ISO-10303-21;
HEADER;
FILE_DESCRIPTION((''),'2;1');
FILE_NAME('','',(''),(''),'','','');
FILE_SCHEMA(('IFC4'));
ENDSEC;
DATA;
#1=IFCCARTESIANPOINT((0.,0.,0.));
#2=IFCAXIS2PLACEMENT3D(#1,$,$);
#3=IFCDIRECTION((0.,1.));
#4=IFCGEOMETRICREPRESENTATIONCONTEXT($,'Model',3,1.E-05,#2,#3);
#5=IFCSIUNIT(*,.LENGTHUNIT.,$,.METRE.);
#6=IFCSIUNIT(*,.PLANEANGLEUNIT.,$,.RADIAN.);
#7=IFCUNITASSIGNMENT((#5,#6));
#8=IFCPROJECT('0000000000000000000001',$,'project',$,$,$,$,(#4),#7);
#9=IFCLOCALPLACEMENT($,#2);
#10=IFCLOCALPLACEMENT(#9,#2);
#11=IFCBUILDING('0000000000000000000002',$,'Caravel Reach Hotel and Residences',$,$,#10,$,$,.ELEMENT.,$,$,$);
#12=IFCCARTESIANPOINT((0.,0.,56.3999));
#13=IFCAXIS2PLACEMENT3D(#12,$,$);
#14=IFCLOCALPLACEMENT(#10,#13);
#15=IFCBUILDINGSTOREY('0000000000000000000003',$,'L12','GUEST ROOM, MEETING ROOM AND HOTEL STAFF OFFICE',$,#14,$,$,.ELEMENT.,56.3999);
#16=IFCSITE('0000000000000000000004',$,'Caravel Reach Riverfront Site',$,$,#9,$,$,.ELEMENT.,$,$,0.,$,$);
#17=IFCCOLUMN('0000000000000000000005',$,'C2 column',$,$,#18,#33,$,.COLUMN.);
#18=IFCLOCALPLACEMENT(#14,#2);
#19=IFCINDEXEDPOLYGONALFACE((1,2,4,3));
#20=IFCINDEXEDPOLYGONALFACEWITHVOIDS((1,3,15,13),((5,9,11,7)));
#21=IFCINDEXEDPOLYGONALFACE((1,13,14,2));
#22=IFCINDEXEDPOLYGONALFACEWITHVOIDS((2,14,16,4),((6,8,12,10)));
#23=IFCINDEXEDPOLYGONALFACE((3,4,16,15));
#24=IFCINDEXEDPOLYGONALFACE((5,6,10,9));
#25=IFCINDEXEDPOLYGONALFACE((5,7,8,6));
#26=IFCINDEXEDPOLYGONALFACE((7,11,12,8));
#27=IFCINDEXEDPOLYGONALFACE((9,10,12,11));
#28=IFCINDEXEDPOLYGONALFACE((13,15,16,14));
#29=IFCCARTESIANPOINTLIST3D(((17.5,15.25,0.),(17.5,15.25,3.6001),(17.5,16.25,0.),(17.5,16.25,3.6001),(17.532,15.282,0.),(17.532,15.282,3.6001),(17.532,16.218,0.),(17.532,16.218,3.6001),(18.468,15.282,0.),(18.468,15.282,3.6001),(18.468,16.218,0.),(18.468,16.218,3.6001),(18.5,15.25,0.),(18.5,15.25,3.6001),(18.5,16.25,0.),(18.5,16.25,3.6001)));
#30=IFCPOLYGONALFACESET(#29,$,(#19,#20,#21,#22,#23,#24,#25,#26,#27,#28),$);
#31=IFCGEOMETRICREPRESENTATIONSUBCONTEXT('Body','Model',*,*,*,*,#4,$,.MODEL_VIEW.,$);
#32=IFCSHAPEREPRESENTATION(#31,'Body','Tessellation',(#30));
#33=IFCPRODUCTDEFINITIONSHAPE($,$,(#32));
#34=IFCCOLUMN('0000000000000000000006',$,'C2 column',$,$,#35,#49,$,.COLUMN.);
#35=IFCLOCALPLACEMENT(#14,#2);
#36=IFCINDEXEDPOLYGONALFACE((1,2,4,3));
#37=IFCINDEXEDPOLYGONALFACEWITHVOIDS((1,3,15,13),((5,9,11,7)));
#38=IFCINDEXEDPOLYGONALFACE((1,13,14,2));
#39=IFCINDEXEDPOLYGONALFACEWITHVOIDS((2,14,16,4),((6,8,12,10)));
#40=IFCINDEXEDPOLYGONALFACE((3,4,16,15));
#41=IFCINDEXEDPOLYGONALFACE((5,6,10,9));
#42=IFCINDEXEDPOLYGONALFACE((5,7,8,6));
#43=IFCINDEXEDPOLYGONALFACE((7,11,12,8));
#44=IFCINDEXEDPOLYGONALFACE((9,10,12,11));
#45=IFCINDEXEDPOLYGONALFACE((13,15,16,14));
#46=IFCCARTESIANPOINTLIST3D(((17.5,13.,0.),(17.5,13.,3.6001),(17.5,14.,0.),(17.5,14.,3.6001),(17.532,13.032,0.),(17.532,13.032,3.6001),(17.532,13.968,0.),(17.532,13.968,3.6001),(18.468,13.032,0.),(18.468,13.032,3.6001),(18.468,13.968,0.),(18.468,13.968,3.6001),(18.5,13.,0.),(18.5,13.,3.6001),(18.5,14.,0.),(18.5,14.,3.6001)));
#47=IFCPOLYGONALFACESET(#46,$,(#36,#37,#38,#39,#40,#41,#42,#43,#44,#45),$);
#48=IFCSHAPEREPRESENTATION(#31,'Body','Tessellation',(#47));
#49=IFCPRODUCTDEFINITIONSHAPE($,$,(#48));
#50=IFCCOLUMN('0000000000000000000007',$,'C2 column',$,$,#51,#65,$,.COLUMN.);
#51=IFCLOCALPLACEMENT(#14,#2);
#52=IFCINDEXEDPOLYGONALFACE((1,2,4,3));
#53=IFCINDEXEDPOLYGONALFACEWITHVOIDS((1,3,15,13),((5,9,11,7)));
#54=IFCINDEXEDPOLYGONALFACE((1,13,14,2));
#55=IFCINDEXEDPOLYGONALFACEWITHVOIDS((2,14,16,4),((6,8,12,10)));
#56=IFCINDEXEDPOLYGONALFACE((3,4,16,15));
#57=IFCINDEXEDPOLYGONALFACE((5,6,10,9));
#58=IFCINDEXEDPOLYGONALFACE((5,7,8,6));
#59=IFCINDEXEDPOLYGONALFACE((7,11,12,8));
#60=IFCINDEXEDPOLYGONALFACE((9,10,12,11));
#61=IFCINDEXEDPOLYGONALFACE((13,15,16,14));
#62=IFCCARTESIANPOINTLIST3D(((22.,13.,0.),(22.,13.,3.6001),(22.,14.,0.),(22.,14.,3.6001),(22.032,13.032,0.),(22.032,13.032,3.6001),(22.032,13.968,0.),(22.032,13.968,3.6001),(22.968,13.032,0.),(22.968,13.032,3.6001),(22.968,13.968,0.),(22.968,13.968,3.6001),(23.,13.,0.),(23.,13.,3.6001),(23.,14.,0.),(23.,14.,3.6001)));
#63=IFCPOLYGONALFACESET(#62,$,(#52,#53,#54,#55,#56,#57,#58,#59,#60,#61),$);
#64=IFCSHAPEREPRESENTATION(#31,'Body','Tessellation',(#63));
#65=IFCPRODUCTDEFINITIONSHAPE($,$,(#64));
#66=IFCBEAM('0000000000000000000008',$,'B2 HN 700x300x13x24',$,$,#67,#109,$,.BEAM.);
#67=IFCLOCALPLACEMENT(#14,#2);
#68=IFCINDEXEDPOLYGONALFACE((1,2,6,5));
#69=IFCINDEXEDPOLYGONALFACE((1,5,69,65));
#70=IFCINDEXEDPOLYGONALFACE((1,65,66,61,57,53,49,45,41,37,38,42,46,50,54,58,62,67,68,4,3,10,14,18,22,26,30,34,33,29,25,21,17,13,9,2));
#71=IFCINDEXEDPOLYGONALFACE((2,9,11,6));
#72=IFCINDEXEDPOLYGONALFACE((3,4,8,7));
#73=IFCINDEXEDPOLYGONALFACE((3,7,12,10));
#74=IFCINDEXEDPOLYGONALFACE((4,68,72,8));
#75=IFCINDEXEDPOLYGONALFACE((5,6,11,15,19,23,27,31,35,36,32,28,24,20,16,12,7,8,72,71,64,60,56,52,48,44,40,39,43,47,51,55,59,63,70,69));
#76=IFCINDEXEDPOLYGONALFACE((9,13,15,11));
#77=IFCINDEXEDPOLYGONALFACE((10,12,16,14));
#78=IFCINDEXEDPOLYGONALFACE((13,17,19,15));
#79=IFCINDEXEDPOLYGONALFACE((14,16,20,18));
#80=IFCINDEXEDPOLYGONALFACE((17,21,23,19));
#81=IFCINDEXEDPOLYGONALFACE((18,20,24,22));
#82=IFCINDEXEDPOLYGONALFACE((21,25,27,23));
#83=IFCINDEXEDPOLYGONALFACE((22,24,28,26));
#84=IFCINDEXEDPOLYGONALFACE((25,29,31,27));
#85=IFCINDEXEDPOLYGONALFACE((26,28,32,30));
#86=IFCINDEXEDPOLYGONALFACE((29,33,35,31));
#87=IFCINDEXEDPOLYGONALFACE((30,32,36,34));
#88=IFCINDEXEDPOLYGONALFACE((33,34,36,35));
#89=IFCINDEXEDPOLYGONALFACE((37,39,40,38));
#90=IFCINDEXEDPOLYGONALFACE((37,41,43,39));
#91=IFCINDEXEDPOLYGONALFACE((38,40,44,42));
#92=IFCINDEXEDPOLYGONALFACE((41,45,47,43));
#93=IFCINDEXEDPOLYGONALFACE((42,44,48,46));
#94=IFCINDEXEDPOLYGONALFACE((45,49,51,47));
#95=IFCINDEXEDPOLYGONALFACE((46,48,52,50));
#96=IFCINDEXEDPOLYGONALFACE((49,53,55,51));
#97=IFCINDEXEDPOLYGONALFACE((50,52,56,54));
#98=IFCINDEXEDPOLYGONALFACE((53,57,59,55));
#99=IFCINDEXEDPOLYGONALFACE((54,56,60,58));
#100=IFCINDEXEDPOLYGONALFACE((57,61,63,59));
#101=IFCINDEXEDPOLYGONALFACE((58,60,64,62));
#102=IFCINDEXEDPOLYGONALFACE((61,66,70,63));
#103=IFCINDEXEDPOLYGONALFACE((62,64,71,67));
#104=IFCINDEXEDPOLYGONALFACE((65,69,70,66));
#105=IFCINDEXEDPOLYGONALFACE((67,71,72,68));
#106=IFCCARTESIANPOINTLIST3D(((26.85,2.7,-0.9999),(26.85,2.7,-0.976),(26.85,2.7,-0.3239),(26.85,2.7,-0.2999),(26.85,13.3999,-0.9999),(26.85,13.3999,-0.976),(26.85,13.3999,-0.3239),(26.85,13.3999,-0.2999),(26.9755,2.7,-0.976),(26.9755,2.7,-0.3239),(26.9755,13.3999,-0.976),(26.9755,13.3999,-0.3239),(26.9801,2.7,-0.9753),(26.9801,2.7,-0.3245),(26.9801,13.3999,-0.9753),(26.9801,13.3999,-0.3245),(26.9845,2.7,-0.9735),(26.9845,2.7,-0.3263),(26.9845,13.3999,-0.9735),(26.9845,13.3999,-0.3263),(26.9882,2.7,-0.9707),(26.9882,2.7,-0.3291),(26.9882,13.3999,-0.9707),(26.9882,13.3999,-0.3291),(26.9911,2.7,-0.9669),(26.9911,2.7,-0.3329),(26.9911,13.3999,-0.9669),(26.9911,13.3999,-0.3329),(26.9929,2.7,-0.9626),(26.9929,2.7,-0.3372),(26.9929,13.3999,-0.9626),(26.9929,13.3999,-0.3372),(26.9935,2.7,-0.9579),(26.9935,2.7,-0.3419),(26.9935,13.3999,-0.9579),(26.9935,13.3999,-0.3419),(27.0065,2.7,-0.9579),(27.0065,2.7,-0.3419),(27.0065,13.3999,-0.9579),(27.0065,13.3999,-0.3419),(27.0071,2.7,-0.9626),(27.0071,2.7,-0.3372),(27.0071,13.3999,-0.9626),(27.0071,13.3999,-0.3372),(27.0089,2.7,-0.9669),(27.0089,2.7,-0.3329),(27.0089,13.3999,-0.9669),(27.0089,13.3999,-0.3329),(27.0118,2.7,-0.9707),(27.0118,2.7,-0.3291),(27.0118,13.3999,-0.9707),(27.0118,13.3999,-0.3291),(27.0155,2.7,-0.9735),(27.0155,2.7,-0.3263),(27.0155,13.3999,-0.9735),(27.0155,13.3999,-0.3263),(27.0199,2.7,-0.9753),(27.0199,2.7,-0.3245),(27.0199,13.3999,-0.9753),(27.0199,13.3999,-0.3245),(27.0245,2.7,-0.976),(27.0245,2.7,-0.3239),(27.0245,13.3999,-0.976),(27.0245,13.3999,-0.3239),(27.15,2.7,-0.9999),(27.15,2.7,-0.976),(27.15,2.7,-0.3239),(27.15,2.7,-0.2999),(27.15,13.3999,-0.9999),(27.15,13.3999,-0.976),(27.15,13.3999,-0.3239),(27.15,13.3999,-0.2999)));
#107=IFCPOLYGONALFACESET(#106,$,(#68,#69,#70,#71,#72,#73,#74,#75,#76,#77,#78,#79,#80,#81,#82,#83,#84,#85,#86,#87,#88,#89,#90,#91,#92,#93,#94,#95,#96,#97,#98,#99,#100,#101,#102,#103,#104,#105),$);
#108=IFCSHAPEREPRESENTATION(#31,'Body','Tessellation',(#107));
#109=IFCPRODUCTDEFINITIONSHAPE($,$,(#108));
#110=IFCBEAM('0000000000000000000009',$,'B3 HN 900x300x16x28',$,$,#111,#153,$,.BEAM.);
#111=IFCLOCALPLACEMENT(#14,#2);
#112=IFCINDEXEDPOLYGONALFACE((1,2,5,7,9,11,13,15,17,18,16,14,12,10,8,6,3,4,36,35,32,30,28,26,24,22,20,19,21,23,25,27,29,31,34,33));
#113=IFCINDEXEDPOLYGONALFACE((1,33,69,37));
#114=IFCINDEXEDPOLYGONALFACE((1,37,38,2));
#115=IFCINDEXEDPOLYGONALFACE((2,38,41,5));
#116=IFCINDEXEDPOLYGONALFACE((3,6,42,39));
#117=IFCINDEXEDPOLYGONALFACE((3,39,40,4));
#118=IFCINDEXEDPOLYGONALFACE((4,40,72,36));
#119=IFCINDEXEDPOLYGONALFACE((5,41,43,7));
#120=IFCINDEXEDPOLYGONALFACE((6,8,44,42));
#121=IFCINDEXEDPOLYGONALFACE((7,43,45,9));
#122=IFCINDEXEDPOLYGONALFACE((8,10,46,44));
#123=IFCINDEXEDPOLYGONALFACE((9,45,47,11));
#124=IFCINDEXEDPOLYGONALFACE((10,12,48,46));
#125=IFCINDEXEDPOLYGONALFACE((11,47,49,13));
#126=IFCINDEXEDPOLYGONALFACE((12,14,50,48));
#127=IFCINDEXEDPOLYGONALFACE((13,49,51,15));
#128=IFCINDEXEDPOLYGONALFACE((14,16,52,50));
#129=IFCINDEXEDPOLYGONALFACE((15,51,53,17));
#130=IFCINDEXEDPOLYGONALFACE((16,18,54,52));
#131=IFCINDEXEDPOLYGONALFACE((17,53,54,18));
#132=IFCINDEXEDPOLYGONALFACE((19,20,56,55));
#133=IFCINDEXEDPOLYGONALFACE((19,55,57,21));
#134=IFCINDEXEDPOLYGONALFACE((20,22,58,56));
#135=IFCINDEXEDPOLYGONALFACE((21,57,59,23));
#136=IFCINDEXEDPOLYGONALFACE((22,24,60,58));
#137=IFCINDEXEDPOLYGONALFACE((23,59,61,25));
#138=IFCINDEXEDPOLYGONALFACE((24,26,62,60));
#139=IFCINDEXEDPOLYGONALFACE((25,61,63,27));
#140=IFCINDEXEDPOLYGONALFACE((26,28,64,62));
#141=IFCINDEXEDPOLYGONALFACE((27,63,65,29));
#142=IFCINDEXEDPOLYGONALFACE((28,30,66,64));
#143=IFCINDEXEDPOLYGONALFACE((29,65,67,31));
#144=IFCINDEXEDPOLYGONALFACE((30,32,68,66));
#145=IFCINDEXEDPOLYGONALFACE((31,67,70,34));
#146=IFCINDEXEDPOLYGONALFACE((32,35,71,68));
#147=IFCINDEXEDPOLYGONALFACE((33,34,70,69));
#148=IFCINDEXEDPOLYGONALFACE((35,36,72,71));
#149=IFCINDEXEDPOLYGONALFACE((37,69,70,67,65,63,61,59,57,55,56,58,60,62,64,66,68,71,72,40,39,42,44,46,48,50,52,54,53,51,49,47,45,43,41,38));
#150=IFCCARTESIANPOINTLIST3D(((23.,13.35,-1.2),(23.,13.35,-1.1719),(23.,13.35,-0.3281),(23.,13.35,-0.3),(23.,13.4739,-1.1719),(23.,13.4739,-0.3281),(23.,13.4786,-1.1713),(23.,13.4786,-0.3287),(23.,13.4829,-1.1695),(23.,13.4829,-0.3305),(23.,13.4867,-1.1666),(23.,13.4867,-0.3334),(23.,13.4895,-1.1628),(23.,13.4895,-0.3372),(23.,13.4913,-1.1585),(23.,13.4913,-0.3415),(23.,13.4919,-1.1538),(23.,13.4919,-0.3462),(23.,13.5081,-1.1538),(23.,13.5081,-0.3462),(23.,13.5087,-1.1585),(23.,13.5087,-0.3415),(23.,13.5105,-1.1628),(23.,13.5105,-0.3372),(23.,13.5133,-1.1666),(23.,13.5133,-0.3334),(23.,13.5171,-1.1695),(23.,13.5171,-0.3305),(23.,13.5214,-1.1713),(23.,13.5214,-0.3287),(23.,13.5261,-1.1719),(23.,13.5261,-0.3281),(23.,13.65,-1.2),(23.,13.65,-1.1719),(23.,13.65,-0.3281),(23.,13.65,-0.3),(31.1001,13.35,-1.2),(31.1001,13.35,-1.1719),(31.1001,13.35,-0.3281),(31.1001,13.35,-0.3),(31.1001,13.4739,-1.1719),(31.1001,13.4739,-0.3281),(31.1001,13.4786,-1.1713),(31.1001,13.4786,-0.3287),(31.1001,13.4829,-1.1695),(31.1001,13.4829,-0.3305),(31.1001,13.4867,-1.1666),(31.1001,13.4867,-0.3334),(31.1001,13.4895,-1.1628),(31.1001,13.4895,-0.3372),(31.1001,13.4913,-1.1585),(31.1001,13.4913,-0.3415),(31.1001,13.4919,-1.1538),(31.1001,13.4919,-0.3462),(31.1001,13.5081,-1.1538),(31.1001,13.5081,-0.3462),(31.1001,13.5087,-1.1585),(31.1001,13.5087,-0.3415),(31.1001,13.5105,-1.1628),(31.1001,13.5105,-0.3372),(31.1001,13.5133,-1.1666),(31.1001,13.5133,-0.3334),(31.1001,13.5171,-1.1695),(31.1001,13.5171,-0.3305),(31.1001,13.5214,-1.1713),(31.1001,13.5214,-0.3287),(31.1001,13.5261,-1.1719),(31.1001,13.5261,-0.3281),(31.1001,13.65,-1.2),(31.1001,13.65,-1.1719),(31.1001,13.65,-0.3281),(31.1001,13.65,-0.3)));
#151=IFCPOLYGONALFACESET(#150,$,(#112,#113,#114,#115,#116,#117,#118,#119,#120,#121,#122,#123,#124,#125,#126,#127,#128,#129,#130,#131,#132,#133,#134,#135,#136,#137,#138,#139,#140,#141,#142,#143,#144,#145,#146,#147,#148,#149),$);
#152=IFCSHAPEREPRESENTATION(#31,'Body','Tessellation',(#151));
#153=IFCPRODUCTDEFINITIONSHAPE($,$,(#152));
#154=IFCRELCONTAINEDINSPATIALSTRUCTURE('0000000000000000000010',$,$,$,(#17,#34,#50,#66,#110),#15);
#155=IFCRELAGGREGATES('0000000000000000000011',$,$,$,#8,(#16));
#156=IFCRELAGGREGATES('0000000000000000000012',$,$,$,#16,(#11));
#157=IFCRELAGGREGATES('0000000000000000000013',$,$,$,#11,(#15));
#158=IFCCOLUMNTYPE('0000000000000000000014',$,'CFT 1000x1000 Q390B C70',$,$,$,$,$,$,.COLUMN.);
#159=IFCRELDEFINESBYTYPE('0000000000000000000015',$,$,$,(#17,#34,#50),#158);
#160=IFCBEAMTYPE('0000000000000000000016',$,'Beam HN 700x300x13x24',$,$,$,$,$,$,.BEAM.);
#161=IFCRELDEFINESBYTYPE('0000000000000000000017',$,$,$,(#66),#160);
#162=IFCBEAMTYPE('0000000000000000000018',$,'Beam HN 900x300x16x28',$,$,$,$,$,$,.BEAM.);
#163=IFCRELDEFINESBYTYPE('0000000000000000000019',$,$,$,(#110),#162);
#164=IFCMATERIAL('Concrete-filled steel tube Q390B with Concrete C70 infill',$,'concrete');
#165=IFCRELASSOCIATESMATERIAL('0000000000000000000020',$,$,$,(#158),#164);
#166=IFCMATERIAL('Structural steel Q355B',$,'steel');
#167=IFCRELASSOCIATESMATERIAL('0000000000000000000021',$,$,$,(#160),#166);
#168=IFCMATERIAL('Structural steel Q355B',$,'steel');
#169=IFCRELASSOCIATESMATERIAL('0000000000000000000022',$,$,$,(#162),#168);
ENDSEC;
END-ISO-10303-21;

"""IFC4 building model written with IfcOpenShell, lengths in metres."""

from ifc_helpers import new_model, si_unit, direction, frame, origin, origin_2d, place, context, subcontext, project, spatial, hollow_rectangle, i_section, extrude, material, material_profile, profile_set, type_object, element, save


model = new_model("IFC4")

# Units and contexts
model_context = context("Model", 3, precision=1e-05, world=origin(), true_north=direction((0.0, 1.0)))
body_context = subcontext(model_context, "Body", "Model", "MODEL_VIEW")
ifc_project = project(units=[si_unit("LENGTHUNIT", "METRE"), si_unit("PLANEANGLEUNIT", "RADIAN")], contexts=[model_context])

# Site, building, storey
site_placement = place(None, origin())
site = spatial("IfcSite", under=ifc_project, at=site_placement, Name="Caravel Reach Riverfront Site", CompositionType="ELEMENT", RefElevation=0.0)
building_placement = place(site_placement, origin())
building = spatial("IfcBuilding", under=site, at=building_placement, Name="Caravel Reach Hotel and Residences", CompositionType="ELEMENT")
storey_placement = place(building_placement, frame((0.0, 0.0, 56.3999)))
storey = spatial("IfcBuildingStorey", under=building, at=storey_placement, Name="L12", Description="GUEST ROOM, MEETING ROOM AND HOTEL STAFF OFFICE", CompositionType="ELEMENT", Elevation=56.3999)

# Columns
ifc_material_1 = material(Name="Concrete-filled steel tube Q390B with Concrete C70 infill", Category="concrete")
ifc_material_profile_1 = material_profile(ifc_material_1, hollow_rectangle(XDim=1.0, YDim=1.0, WallThickness=0.032, at=origin_2d()), Name="RHS 1000x1000x32")
ifc_profile_set_1 = profile_set([ifc_material_profile_1], Name="Concrete-filled steel tube Q390B with Concrete C70 infill")
column_type = type_object("IfcColumnType", Name="CFT 1000x1000 Q390B C70", PredefinedType="COLUMN", material=ifc_profile_set_1)
for number, where, z_axis, x_axis, name in (
    (1, (18.0, 15.75, 0.0), (0.0, 0.0, 1.0), (1.0, 0.0, 0.0), "C2 column"),
    (2, (18.0, 13.5, 0.0), (0.0, 0.0, 1.0), (1.0, 0.0, 0.0), "C2 column"),
    (3, (22.5, 13.5, 0.0), (0.0, 0.0, 1.0), (1.0, 0.0, 0.0), "C2 column"),
):
    element("IfcColumn", number, at=place(storey_placement, frame(where, z_axis=z_axis, x_axis=x_axis)), inside=storey, type_object=column_type, Name=name, PredefinedType="COLUMN", context=body_context, shape_type="SweptSolid", body=[
        extrude(hollow_rectangle(XDim=1.0, YDim=1.0, WallThickness=0.032, at=origin_2d()), origin(), (0.0, 0.0, 1.0), 3.6001),
    ])

# Beams
ifc_material_2 = material(Name="Structural steel Q355B", Category="steel")
ifc_material_profile_2 = material_profile(ifc_material_2, i_section(OverallWidth=0.3, OverallDepth=0.7, WebThickness=0.0129, FlangeThickness=0.0239, FilletRadius=0.0181, at=origin_2d()), Name="HN 700x300x13x24")
ifc_profile_set_2 = profile_set([ifc_material_profile_2], Name="Structural steel Q355B")
beam_type_1 = type_object("IfcBeamType", Name="Beam HN 700x300x13x24", PredefinedType="BEAM", material=ifc_profile_set_2)
beam_1_placement = place(storey_placement, frame((27.0, 13.3999, -0.6499), z_axis=(0.0, -1.0, 0.0), x_axis=(1.0, 0.0, 0.0)))
element("IfcBeam", 4, at=beam_1_placement, inside=storey, type_object=beam_type_1, Name="B2 HN 700x300x13x24", PredefinedType="BEAM", context=body_context, shape_type="SweptSolid", body=[
    extrude(i_section(OverallWidth=0.3, OverallDepth=0.7, WebThickness=0.0129, FlangeThickness=0.0239, FilletRadius=0.0181, at=origin_2d()), origin(), (0.0, 0.0, 1.0), 10.7),
])
ifc_material_3 = material(Name="Structural steel Q355B", Category="steel")
ifc_material_profile_3 = material_profile(ifc_material_3, i_section(OverallWidth=0.3, OverallDepth=0.8999, WebThickness=0.0161, FlangeThickness=0.0281, FilletRadius=0.0181, at=origin_2d()), Name="HN 900x300x16x28")
ifc_profile_set_3 = profile_set([ifc_material_profile_3], Name="Structural steel Q355B")
beam_type_2 = type_object("IfcBeamType", Name="Beam HN 900x300x16x28", PredefinedType="BEAM", material=ifc_profile_set_3)
beam_2_placement = place(storey_placement, frame((23.0, 13.5, -0.75), z_axis=(1.0, 0.0, 0.0), x_axis=(0.0, 1.0, 0.0)))
element("IfcBeam", 5, at=beam_2_placement, inside=storey, type_object=beam_type_2, Name="B3 HN 900x300x16x28", PredefinedType="BEAM", context=body_context, shape_type="SweptSolid", body=[
    extrude(i_section(OverallWidth=0.3, OverallDepth=0.8999, WebThickness=0.0161, FlangeThickness=0.0281, FilletRadius=0.0181, at=origin_2d()), origin(), (0.0, 0.0, 1.0), 8.1001),
])

save(model, "model.ifc")
